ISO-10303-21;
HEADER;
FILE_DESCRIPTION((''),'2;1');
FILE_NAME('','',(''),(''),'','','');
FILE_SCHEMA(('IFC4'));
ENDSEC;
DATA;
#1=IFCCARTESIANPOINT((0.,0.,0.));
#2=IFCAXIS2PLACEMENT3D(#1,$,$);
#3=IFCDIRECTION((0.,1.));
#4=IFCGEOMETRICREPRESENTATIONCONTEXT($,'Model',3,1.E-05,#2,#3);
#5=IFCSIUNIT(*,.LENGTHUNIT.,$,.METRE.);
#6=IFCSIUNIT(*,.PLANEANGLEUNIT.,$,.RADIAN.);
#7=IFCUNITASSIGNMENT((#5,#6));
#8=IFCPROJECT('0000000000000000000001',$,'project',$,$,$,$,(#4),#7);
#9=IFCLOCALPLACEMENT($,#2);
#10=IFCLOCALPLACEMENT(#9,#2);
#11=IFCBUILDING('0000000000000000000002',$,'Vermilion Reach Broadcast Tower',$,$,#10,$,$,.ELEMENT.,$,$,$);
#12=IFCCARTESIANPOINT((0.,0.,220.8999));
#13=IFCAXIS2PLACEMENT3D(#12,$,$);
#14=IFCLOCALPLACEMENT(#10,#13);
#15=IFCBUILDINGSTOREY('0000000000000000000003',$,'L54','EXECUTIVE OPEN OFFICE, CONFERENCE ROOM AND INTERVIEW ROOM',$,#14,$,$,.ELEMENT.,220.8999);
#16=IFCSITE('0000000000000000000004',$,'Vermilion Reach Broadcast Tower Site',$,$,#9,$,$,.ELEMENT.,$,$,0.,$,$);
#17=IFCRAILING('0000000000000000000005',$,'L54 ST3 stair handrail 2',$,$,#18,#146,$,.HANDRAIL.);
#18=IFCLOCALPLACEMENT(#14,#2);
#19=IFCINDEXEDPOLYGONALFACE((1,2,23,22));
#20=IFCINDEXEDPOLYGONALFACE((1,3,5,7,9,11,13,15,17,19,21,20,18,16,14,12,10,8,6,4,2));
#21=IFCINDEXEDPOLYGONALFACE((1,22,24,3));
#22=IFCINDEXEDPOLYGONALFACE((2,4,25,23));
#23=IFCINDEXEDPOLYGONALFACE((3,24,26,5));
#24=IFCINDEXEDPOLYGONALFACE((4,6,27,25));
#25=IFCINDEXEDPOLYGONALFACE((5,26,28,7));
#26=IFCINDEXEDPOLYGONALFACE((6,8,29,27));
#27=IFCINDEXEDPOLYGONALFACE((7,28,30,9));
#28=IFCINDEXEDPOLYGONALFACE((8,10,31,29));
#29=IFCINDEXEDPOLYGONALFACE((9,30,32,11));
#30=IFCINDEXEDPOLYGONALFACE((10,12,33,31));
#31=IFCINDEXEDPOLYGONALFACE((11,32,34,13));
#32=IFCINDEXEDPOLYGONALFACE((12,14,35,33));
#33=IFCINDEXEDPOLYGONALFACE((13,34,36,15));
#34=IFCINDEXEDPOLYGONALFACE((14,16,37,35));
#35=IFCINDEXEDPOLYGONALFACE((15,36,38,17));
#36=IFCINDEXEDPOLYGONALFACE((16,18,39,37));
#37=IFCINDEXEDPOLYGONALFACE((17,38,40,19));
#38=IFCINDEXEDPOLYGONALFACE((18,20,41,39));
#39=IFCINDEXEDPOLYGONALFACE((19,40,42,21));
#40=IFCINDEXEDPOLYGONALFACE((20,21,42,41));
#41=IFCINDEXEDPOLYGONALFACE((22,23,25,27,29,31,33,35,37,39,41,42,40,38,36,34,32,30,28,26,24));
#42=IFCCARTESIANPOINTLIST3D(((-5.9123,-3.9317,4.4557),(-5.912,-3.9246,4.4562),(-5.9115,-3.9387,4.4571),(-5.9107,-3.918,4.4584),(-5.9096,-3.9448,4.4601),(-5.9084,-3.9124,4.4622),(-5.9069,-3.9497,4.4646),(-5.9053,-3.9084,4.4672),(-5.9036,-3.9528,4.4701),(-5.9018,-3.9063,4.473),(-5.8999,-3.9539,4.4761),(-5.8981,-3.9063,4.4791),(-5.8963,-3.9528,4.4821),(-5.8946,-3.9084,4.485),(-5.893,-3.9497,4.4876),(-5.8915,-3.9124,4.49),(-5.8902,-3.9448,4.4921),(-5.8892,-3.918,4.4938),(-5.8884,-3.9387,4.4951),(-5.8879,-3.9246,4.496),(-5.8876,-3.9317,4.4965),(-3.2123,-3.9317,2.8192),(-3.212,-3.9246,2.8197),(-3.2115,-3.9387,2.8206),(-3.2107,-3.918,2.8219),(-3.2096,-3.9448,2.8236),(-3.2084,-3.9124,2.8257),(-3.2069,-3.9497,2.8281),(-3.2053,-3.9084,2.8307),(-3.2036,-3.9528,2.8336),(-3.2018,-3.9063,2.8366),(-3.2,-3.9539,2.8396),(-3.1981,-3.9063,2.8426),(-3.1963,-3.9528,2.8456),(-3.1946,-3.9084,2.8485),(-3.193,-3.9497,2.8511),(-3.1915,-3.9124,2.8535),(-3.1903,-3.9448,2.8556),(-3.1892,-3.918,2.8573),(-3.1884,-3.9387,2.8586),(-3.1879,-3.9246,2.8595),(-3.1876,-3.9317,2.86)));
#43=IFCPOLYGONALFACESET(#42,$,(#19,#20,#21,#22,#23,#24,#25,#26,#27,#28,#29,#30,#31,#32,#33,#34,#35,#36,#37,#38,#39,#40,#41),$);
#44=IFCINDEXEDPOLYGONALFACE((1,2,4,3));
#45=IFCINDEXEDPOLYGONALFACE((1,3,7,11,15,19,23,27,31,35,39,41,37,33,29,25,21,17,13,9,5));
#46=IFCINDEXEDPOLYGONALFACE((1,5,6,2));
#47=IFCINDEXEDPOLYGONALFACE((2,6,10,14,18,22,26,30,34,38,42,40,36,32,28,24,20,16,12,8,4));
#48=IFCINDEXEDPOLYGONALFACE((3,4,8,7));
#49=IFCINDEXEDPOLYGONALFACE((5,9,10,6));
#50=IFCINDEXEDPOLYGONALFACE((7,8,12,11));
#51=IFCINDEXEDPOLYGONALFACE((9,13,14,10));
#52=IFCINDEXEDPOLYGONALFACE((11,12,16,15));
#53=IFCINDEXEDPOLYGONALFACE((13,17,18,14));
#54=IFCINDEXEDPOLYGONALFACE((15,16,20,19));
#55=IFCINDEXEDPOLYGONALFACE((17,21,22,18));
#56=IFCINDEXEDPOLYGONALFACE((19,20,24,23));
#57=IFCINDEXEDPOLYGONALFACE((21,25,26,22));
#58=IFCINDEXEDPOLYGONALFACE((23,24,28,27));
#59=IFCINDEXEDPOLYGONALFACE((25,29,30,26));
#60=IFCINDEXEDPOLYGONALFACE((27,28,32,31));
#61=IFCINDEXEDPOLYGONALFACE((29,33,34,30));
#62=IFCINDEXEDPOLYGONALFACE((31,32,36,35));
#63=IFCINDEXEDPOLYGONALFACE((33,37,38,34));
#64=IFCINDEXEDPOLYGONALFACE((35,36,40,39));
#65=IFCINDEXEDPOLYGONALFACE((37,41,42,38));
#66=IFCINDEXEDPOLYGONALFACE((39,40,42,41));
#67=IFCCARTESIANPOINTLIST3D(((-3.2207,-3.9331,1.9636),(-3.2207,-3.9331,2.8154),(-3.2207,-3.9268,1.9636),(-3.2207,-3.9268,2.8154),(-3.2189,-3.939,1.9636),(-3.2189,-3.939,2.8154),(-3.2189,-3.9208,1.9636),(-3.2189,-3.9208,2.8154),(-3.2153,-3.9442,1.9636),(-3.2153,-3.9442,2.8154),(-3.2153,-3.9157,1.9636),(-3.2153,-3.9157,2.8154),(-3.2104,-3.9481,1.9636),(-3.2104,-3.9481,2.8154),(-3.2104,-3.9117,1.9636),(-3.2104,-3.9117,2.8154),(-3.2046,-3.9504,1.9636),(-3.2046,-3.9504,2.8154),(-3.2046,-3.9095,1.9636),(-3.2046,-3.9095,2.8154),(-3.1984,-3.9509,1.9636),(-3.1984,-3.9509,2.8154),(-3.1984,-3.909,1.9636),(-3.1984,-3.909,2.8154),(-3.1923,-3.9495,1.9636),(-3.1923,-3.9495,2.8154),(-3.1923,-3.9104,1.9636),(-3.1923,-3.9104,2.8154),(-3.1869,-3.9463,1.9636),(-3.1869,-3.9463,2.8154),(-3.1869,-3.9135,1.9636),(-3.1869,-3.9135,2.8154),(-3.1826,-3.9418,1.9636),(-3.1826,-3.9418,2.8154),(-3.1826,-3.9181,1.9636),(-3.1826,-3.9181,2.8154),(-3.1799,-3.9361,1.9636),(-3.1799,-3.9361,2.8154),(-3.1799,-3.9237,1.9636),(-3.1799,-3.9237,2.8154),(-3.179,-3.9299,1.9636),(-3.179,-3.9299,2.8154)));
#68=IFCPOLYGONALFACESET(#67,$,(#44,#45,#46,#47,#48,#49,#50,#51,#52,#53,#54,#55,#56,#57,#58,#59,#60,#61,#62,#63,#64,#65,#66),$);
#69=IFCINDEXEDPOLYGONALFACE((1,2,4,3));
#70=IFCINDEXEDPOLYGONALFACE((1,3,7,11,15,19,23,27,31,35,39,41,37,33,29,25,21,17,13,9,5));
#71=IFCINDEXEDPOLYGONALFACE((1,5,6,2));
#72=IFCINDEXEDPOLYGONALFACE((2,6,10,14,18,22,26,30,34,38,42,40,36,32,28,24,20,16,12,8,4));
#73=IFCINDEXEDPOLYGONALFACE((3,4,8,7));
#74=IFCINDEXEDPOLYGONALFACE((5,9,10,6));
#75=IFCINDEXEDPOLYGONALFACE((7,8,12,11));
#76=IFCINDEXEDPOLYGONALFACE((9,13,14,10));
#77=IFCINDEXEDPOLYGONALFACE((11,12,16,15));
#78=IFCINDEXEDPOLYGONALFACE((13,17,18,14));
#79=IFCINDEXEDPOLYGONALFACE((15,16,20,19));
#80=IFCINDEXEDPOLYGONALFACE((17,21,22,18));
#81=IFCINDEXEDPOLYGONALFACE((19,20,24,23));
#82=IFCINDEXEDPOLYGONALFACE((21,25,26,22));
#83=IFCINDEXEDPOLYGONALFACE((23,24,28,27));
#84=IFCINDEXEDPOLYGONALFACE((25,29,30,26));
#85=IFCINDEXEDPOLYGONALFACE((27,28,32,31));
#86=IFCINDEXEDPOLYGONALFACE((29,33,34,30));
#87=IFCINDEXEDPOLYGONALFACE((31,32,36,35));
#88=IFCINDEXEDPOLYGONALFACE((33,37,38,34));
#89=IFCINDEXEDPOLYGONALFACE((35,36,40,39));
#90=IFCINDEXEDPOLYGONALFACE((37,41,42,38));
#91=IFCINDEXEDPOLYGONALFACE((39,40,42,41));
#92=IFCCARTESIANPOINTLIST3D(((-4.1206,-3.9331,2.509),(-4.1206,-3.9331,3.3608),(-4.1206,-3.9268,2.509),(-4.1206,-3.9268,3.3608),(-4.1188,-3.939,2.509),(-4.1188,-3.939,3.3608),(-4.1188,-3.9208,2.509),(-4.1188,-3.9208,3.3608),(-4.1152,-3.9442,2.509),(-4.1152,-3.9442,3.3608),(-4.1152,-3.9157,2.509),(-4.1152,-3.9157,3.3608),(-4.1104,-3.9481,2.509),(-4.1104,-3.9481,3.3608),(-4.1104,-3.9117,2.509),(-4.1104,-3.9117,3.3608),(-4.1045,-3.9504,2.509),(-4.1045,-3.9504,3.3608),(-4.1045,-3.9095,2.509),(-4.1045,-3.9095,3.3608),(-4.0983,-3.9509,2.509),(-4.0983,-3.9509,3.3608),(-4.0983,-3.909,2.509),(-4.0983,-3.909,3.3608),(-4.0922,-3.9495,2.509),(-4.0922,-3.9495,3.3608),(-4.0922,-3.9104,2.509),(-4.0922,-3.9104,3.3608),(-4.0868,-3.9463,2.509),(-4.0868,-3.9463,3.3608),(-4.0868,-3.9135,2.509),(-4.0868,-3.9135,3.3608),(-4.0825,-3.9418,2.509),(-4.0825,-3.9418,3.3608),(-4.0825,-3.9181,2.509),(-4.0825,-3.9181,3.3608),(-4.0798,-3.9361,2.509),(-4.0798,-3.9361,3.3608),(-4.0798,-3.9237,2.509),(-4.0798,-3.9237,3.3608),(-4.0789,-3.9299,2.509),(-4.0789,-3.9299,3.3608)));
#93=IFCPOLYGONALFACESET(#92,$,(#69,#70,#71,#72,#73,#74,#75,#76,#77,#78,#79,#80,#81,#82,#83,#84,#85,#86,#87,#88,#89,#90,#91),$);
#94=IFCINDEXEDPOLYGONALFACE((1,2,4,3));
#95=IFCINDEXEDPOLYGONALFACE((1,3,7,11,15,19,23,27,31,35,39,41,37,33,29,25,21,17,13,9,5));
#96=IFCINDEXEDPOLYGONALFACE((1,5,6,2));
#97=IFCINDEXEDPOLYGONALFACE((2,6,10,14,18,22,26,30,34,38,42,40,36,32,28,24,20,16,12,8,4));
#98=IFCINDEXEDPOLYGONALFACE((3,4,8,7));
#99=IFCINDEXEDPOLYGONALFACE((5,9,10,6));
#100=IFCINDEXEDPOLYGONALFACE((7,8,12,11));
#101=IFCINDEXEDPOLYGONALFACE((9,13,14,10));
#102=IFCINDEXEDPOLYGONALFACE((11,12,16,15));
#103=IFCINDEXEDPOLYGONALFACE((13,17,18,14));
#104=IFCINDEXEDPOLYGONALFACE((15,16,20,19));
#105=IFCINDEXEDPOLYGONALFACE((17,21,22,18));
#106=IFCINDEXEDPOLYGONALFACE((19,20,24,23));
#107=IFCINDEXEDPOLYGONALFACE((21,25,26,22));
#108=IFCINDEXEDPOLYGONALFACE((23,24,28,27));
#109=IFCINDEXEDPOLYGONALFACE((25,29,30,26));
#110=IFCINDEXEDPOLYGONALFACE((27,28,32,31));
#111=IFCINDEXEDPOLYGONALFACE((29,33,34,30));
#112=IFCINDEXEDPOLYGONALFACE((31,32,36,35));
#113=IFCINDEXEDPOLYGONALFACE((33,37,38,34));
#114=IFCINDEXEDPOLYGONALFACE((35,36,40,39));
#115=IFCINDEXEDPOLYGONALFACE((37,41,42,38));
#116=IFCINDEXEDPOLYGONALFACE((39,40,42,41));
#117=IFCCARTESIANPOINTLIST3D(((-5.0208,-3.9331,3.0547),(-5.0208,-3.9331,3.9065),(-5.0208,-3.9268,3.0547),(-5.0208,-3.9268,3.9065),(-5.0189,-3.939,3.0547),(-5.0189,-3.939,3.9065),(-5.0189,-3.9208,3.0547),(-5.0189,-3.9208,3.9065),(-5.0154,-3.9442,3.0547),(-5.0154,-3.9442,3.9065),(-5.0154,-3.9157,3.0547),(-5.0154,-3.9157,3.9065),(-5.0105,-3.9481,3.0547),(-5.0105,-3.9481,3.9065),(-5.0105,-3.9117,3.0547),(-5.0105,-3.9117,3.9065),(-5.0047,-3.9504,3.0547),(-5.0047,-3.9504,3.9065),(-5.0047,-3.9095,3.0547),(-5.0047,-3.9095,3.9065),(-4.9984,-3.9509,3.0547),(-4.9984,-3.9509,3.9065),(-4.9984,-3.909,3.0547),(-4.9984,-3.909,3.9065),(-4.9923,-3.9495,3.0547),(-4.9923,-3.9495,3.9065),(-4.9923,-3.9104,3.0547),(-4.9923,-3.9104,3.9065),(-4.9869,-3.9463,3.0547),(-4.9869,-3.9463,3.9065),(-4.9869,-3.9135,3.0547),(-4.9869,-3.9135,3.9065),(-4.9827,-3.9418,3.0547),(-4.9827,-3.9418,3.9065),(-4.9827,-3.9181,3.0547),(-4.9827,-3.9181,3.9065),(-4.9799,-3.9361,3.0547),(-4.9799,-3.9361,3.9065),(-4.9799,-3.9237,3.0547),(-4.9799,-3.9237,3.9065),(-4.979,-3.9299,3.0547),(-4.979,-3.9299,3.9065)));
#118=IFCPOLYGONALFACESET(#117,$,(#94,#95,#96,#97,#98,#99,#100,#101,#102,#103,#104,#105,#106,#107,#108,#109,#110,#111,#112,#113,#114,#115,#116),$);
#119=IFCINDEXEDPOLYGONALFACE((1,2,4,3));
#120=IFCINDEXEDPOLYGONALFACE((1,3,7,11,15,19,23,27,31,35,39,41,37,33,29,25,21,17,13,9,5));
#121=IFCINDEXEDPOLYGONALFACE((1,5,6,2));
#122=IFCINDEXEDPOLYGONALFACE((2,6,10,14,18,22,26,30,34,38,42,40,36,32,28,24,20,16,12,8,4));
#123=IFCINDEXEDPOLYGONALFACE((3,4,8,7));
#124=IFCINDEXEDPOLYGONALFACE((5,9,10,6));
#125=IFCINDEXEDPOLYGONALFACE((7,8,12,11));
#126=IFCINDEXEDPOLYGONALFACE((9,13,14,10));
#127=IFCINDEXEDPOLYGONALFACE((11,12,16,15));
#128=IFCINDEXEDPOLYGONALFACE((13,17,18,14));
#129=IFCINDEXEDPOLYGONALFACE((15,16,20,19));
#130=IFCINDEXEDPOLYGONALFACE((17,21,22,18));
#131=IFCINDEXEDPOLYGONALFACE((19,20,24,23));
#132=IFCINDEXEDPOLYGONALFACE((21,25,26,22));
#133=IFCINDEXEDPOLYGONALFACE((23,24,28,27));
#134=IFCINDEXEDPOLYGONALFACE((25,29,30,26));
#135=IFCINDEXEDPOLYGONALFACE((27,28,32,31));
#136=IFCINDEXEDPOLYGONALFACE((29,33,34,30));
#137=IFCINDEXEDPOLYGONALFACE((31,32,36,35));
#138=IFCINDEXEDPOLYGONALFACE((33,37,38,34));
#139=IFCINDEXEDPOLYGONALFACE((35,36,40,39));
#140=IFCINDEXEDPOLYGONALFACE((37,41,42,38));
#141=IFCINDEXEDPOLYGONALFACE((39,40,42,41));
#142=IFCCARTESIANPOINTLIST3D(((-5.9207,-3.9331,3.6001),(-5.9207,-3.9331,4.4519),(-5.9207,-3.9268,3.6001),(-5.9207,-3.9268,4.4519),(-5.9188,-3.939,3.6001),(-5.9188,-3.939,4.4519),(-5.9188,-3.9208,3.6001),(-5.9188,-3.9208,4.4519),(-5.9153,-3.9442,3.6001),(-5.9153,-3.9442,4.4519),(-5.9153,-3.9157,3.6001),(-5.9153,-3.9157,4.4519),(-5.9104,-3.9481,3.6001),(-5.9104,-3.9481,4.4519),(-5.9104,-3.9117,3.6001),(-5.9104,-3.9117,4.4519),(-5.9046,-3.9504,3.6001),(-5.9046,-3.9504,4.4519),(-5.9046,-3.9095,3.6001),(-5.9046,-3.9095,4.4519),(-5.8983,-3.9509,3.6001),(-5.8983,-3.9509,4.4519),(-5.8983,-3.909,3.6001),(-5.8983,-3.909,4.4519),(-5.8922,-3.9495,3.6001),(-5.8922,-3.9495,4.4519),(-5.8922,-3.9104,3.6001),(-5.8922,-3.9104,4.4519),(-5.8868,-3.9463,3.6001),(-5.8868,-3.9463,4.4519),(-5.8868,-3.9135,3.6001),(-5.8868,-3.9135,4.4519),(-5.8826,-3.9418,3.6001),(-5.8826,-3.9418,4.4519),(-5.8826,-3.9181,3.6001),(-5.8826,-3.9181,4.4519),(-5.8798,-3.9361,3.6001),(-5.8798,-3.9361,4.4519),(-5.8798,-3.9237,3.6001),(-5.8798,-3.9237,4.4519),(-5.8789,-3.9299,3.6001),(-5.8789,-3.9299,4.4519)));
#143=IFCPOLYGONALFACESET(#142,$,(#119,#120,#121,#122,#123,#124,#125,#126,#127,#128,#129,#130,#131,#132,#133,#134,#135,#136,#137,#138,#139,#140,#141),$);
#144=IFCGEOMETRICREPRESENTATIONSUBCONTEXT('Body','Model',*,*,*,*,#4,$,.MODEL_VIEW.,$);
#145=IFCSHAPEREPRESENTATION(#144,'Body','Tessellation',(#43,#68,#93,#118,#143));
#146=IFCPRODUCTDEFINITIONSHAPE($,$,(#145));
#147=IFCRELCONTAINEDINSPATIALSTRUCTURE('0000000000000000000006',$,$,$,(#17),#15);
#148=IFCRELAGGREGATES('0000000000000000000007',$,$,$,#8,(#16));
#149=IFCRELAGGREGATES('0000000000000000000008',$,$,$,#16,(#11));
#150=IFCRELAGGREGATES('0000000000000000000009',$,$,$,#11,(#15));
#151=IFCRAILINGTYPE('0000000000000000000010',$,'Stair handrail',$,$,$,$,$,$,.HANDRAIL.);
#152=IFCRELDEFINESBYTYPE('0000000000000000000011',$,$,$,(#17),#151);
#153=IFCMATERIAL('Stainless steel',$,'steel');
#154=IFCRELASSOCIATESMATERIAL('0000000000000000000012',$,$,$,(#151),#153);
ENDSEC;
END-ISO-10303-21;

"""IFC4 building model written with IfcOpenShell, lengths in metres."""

from ifc_helpers import new_model, si_unit, direction, frame, origin, origin_2d, place, context, subcontext, project, spatial, circle, extrude, material, type_object, element, save


model = new_model("IFC4")

# Units and contexts
model_context = context("Model", 3, precision=1e-05, world=origin(), true_north=direction((0.0, 1.0)))
body_context = subcontext(model_context, "Body", "Model", "MODEL_VIEW")
ifc_project = project(units=[si_unit("LENGTHUNIT", "METRE"), si_unit("PLANEANGLEUNIT", "RADIAN")], contexts=[model_context])

# Site, building, storey
site_placement = place(None, origin())
site = spatial("IfcSite", under=ifc_project, at=site_placement, Name="Vermilion Reach Broadcast Tower Site", CompositionType="ELEMENT", RefElevation=0.0)
building_placement = place(site_placement, origin())
building = spatial("IfcBuilding", under=site, at=building_placement, Name="Vermilion Reach Broadcast Tower", CompositionType="ELEMENT")
storey_placement = place(building_placement, frame((0.0, 0.0, 220.8999)))
storey = spatial("IfcBuildingStorey", under=building, at=storey_placement, Name="L54", Description="EXECUTIVE OPEN OFFICE, CONFERENCE ROOM AND INTERVIEW ROOM", CompositionType="ELEMENT", Elevation=220.8999)

# Railing
ifc_material_1 = material(Name="Stainless steel", Category="steel")
railing_type_1 = type_object("IfcRailingType", Name="Stair handrail", PredefinedType="HANDRAIL", material=ifc_material_1)
railing_1_placement = place(storey_placement, frame((-3.2, -3.9299, 1.9636)))
element("IfcRailing", 1, at=railing_1_placement, inside=storey, type_object=railing_type_1, Name="L54 ST3 stair handrail 2", PredefinedType="HANDRAIL", context=body_context, shape_type="SweptSolid", body=[
    extrude(circle(Radius=0.0239, at=origin_2d()), frame((0.0, 0.0, 0.876), z_axis=(-0.855178, 0.0, 0.518334), x_axis=(0.0, -1.0, 0.0)), (0.0, 0.0, 1.0), 3.1572),
    extrude(circle(Radius=0.021, at=origin_2d()), origin(), (0.0, 0.0, 1.0), 0.8518),
    extrude(circle(Radius=0.021, at=origin_2d()), frame((-0.8999, 0.0, 0.5454)), (0.0, 0.0, 1.0), 0.8518),
    extrude(circle(Radius=0.021, at=origin_2d()), frame((-1.8, 0.0, 1.0911)), (0.0, 0.0, 1.0), 0.8518),
    extrude(circle(Radius=0.021, at=origin_2d()), frame((-2.7, 0.0, 1.6365)), (0.0, 0.0, 1.0), 0.8518),
])

save(model, "model.ifc")
